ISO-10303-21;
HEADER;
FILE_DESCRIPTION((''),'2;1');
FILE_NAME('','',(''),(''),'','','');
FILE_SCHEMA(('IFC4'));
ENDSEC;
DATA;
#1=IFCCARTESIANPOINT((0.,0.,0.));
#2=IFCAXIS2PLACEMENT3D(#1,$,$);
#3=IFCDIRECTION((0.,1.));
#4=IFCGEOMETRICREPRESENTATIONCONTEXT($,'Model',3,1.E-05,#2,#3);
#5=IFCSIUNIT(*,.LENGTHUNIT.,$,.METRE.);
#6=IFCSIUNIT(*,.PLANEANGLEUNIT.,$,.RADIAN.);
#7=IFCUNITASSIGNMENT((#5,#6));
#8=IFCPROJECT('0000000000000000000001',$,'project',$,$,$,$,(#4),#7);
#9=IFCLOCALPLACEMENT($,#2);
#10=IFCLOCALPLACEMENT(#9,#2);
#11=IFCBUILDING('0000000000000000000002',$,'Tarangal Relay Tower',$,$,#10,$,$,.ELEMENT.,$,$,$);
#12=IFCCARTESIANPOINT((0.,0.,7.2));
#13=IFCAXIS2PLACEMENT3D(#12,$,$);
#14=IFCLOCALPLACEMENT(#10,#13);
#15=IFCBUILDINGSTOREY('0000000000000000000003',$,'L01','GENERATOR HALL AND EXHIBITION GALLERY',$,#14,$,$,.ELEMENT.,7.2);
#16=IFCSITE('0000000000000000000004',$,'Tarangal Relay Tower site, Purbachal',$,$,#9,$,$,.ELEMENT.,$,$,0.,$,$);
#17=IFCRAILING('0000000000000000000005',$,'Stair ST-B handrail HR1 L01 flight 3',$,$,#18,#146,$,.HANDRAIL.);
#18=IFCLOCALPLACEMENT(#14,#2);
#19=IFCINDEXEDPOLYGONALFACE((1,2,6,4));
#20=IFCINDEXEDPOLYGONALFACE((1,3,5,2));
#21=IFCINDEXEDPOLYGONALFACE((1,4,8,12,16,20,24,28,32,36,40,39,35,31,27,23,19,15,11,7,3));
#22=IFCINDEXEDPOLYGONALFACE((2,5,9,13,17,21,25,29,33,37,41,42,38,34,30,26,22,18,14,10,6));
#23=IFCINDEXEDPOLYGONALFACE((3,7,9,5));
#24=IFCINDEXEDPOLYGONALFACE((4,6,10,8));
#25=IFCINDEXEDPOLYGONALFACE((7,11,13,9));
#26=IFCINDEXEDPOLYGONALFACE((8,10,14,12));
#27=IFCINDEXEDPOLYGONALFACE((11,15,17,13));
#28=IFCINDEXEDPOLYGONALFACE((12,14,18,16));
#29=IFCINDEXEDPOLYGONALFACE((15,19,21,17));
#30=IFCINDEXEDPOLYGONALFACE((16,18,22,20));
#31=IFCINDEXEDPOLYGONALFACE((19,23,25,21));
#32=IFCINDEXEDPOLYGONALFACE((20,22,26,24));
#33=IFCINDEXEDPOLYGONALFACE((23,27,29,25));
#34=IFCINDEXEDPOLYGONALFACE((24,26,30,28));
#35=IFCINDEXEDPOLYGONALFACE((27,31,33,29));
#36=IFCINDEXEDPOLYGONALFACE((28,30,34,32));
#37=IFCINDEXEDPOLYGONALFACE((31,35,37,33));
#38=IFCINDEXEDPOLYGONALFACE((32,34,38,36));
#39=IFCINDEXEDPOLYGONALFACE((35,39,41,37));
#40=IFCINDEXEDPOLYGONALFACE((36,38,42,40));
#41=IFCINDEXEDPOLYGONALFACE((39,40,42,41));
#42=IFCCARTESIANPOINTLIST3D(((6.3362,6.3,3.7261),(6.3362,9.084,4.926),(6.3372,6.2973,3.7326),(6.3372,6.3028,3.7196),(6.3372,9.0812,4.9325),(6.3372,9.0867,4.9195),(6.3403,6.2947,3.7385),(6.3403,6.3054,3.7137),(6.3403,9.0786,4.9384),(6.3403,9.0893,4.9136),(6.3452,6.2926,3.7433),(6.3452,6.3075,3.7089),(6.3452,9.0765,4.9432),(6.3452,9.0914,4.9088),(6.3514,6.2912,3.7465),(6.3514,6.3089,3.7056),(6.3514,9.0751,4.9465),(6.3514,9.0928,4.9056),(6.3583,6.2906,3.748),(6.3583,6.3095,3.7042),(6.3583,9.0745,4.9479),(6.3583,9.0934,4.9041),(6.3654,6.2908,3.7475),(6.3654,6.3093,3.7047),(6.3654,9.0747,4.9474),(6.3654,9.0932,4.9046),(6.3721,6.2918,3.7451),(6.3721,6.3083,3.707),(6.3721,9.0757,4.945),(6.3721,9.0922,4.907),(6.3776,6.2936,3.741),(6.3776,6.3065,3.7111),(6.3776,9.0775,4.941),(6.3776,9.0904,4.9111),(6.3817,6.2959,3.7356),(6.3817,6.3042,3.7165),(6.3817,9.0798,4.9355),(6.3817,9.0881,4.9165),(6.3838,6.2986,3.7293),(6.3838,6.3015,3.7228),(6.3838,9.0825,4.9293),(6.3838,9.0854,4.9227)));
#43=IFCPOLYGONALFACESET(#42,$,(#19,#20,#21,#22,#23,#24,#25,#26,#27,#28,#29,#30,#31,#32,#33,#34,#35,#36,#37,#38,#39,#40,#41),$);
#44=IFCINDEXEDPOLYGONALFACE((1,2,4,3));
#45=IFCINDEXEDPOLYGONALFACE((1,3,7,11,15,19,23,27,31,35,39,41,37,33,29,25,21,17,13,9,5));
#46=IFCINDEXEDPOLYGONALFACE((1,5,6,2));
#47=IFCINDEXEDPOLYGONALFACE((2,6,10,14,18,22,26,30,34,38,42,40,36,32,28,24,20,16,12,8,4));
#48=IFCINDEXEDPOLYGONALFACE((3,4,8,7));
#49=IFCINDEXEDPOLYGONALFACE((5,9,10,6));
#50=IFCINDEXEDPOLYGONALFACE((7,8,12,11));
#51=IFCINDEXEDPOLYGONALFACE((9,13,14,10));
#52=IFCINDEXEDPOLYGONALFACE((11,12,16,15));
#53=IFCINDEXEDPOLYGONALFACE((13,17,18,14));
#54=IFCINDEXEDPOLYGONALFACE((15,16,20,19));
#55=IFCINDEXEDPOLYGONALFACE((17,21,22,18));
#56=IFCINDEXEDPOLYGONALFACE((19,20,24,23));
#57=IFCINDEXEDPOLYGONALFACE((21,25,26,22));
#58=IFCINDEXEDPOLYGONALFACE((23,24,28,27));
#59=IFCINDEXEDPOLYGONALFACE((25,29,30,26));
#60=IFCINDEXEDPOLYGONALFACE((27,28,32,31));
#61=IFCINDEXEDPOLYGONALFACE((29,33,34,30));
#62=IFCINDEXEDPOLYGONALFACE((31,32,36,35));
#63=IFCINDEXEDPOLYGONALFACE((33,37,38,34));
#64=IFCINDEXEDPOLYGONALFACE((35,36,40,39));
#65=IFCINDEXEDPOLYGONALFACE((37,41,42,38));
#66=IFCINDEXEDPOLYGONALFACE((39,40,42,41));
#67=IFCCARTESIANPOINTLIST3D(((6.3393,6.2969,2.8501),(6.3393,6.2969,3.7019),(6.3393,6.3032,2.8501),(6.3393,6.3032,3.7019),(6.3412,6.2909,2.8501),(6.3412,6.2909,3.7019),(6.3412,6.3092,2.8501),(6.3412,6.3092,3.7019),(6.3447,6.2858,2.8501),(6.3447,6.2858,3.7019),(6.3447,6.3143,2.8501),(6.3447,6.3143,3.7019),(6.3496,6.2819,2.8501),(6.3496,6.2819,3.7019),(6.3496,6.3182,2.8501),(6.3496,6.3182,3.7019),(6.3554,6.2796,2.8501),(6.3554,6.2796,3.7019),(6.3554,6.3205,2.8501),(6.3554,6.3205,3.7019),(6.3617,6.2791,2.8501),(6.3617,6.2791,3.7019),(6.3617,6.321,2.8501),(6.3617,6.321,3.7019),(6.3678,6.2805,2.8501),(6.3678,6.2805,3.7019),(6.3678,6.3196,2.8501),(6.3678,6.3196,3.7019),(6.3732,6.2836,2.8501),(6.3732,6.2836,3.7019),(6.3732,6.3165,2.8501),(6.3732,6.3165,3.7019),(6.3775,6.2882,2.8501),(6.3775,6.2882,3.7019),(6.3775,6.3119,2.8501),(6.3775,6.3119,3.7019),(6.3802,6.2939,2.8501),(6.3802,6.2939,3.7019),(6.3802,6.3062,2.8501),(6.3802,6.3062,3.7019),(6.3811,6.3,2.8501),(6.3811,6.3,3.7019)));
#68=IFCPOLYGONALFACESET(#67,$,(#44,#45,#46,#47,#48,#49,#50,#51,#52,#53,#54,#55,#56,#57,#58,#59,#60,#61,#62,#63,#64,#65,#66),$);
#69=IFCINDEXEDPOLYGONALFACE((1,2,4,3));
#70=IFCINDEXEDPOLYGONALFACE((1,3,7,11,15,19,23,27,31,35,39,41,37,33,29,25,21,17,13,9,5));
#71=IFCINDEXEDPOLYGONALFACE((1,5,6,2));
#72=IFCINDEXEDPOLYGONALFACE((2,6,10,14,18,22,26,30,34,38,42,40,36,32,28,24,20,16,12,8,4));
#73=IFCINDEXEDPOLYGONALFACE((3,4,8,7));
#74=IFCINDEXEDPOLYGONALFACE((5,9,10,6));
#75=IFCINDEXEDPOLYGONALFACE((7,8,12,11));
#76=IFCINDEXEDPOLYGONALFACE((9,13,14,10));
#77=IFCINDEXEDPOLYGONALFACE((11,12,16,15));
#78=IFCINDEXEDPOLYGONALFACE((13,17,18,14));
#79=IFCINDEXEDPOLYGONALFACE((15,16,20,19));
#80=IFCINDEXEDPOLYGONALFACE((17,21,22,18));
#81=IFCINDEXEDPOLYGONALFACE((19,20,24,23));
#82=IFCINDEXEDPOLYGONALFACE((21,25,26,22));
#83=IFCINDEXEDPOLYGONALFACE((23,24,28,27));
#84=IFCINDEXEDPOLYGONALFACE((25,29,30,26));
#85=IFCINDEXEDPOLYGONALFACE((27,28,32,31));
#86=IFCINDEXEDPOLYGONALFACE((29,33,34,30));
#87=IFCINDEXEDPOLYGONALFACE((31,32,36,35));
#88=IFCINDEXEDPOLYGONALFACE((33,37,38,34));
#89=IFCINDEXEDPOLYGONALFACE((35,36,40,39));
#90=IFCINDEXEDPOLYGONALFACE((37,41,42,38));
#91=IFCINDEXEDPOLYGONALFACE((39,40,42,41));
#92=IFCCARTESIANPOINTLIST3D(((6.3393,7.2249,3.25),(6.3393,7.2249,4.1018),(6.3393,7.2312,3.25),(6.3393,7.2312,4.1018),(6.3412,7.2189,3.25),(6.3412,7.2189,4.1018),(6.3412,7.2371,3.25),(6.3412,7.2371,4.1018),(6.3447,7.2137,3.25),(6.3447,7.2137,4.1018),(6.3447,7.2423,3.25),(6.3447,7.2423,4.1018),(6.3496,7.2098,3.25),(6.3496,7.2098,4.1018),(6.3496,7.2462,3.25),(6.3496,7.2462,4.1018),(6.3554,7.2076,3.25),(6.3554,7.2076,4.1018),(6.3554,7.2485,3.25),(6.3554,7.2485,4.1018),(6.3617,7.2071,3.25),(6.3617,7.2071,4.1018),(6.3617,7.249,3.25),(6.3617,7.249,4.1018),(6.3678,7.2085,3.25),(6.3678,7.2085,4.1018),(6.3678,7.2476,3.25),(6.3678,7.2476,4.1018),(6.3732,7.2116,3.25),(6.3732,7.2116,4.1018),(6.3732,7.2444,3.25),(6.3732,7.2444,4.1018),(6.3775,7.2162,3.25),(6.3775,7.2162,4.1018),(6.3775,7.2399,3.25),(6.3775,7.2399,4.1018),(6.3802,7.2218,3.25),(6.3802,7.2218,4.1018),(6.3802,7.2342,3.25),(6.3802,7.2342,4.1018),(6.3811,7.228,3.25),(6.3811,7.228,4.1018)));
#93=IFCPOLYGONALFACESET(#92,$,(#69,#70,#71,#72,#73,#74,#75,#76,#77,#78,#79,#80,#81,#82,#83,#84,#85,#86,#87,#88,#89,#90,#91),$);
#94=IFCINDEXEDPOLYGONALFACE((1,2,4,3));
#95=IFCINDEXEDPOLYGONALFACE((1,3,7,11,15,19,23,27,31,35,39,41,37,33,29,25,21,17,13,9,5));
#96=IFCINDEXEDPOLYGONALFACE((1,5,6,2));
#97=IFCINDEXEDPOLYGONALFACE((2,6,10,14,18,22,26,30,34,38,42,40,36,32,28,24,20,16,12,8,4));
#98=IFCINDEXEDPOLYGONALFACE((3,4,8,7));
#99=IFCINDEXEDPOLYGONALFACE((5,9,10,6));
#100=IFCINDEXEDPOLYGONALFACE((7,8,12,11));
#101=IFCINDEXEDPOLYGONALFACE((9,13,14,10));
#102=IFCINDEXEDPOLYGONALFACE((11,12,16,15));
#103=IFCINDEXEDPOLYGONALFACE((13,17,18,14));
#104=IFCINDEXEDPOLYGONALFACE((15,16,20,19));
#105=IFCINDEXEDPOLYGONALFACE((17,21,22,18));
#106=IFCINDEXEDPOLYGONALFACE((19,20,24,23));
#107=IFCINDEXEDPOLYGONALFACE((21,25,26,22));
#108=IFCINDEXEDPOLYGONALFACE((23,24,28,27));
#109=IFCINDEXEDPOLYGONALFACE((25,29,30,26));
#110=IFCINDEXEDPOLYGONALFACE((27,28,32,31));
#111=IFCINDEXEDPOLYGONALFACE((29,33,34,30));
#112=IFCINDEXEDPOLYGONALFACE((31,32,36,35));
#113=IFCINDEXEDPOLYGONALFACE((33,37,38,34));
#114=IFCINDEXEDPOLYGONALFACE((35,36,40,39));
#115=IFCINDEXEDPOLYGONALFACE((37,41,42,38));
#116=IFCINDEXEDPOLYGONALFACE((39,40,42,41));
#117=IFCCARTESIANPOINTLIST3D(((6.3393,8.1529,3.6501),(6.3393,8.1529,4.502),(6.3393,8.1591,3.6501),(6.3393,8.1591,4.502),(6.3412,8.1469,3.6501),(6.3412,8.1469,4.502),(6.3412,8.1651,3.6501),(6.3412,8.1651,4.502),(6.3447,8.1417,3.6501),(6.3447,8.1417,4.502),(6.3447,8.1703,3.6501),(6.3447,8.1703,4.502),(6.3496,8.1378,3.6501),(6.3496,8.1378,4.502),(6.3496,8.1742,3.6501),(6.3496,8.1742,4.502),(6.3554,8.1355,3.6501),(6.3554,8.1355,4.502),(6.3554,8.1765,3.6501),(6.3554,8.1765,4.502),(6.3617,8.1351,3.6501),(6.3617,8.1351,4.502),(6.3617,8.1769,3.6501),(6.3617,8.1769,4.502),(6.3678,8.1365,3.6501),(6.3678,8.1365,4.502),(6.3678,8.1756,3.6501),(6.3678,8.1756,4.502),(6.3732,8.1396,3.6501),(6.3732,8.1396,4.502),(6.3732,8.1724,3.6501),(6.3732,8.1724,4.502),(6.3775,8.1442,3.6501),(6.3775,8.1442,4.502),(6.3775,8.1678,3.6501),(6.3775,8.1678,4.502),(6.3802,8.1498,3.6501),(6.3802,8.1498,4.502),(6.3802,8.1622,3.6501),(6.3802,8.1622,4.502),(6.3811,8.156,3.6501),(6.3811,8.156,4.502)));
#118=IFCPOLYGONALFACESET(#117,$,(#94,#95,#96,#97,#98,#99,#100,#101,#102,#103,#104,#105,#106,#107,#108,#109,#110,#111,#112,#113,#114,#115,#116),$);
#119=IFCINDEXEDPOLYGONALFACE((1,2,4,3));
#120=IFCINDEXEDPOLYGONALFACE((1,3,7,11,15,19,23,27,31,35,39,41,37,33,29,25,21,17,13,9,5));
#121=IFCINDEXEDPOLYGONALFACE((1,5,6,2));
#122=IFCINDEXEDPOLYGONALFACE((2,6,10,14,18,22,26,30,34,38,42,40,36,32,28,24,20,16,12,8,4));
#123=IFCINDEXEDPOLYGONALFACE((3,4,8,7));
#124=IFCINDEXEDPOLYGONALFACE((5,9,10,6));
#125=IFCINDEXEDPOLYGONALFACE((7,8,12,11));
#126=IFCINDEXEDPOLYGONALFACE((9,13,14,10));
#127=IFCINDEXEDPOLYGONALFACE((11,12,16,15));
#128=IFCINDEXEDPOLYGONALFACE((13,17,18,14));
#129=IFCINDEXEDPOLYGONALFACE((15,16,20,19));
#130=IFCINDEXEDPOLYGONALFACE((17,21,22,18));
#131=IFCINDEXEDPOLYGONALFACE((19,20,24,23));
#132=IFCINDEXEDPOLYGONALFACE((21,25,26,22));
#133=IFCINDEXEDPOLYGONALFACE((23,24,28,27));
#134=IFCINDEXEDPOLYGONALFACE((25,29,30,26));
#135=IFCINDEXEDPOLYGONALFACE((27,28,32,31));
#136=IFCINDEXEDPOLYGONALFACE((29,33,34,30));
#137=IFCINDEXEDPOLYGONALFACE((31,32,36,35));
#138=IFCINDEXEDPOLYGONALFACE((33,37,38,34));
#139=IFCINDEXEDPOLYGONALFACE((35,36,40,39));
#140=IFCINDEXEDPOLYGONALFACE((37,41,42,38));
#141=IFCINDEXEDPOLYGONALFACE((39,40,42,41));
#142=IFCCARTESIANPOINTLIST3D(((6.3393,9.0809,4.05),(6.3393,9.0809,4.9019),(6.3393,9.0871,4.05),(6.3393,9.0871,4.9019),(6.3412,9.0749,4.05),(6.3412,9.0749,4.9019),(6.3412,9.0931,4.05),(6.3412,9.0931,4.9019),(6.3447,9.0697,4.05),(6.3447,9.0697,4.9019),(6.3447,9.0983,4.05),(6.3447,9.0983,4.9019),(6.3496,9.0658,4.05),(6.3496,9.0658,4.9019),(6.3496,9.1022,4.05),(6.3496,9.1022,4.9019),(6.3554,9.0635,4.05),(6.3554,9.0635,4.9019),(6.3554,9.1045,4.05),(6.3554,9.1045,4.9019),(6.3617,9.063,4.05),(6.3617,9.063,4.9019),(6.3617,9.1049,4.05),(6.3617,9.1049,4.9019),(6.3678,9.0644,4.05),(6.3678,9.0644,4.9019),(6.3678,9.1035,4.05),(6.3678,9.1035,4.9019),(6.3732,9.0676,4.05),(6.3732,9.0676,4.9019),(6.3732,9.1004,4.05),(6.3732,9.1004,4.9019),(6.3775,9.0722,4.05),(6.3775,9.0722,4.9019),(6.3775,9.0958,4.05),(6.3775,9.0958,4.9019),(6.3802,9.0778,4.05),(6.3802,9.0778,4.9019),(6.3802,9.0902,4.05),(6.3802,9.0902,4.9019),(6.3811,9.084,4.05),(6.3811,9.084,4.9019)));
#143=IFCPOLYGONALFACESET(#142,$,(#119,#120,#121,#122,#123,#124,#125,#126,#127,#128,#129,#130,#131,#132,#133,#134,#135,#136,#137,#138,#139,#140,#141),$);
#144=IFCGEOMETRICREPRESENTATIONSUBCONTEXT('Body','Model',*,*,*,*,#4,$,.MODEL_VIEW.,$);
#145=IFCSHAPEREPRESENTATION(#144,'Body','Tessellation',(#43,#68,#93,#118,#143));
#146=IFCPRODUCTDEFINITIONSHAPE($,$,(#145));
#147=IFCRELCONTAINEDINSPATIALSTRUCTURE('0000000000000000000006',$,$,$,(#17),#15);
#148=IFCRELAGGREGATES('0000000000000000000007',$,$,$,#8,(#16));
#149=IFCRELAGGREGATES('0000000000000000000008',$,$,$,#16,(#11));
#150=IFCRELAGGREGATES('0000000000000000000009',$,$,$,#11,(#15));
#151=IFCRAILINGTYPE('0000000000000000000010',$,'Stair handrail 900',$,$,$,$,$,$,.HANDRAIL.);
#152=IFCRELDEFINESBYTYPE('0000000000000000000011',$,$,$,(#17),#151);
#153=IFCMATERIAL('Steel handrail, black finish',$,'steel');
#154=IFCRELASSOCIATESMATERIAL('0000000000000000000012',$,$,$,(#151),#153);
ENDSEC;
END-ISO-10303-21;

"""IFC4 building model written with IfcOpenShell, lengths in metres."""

from ifc_helpers import new_model, si_unit, direction, frame, origin, origin_2d, place, context, subcontext, project, spatial, circle, extrude, material, type_object, element, save


model = new_model("IFC4")

# Units and contexts
model_context = context("Model", 3, precision=1e-05, world=origin(), true_north=direction((0.0, 1.0)))
body_context = subcontext(model_context, "Body", "Model", "MODEL_VIEW")
ifc_project = project(units=[si_unit("LENGTHUNIT", "METRE"), si_unit("PLANEANGLEUNIT", "RADIAN")], contexts=[model_context])

# Site, building, storey
site_placement = place(None, origin())
site = spatial("IfcSite", under=ifc_project, at=site_placement, Name="Tarangal Relay Tower site, Purbachal", CompositionType="ELEMENT", RefElevation=0.0)
building_placement = place(site_placement, origin())
building = spatial("IfcBuilding", under=site, at=building_placement, Name="Tarangal Relay Tower", CompositionType="ELEMENT")
storey_placement = place(building_placement, frame((0.0, 0.0, 7.2)))
storey = spatial("IfcBuildingStorey", under=building, at=storey_placement, Name="L01", Description="GENERATOR HALL AND EXHIBITION GALLERY", CompositionType="ELEMENT", Elevation=7.2)

# Railing
ifc_material_1 = material(Name="Steel handrail, black finish", Category="steel")
railing_type_1 = type_object("IfcRailingType", Name="Stair handrail 900", PredefinedType="HANDRAIL", material=ifc_material_1)
railing_1_placement = place(storey_placement, frame((6.3601, 6.3, 2.8501)))
element("IfcRailing", 1, at=railing_1_placement, inside=storey, type_object=railing_type_1, Name="Stair ST-B handrail HR1 L01 flight 3", PredefinedType="HANDRAIL", context=body_context, shape_type="SweptSolid", body=[
    extrude(circle(Radius=0.0239, at=origin_2d()), frame((0.0, 0.0, 0.876), z_axis=(0.0, 0.918327, 0.395823), x_axis=(-1.0, 0.0, 0.0)), (0.0, 0.0, 1.0), 3.0315),
    extrude(circle(Radius=0.021, at=origin_2d()), origin(), (0.0, 0.0, 1.0), 0.8518),
    extrude(circle(Radius=0.021, at=origin_2d()), frame((0.0, 0.928, 0.3999)), (0.0, 0.0, 1.0), 0.8518),
    extrude(circle(Radius=0.021, at=origin_2d()), frame((0.0, 1.856, 0.8)), (0.0, 0.0, 1.0), 0.8518),
    extrude(circle(Radius=0.021, at=origin_2d()), frame((0.0, 2.7839, 1.2)), (0.0, 0.0, 1.0), 0.8518),
])

save(model, "model.ifc")
